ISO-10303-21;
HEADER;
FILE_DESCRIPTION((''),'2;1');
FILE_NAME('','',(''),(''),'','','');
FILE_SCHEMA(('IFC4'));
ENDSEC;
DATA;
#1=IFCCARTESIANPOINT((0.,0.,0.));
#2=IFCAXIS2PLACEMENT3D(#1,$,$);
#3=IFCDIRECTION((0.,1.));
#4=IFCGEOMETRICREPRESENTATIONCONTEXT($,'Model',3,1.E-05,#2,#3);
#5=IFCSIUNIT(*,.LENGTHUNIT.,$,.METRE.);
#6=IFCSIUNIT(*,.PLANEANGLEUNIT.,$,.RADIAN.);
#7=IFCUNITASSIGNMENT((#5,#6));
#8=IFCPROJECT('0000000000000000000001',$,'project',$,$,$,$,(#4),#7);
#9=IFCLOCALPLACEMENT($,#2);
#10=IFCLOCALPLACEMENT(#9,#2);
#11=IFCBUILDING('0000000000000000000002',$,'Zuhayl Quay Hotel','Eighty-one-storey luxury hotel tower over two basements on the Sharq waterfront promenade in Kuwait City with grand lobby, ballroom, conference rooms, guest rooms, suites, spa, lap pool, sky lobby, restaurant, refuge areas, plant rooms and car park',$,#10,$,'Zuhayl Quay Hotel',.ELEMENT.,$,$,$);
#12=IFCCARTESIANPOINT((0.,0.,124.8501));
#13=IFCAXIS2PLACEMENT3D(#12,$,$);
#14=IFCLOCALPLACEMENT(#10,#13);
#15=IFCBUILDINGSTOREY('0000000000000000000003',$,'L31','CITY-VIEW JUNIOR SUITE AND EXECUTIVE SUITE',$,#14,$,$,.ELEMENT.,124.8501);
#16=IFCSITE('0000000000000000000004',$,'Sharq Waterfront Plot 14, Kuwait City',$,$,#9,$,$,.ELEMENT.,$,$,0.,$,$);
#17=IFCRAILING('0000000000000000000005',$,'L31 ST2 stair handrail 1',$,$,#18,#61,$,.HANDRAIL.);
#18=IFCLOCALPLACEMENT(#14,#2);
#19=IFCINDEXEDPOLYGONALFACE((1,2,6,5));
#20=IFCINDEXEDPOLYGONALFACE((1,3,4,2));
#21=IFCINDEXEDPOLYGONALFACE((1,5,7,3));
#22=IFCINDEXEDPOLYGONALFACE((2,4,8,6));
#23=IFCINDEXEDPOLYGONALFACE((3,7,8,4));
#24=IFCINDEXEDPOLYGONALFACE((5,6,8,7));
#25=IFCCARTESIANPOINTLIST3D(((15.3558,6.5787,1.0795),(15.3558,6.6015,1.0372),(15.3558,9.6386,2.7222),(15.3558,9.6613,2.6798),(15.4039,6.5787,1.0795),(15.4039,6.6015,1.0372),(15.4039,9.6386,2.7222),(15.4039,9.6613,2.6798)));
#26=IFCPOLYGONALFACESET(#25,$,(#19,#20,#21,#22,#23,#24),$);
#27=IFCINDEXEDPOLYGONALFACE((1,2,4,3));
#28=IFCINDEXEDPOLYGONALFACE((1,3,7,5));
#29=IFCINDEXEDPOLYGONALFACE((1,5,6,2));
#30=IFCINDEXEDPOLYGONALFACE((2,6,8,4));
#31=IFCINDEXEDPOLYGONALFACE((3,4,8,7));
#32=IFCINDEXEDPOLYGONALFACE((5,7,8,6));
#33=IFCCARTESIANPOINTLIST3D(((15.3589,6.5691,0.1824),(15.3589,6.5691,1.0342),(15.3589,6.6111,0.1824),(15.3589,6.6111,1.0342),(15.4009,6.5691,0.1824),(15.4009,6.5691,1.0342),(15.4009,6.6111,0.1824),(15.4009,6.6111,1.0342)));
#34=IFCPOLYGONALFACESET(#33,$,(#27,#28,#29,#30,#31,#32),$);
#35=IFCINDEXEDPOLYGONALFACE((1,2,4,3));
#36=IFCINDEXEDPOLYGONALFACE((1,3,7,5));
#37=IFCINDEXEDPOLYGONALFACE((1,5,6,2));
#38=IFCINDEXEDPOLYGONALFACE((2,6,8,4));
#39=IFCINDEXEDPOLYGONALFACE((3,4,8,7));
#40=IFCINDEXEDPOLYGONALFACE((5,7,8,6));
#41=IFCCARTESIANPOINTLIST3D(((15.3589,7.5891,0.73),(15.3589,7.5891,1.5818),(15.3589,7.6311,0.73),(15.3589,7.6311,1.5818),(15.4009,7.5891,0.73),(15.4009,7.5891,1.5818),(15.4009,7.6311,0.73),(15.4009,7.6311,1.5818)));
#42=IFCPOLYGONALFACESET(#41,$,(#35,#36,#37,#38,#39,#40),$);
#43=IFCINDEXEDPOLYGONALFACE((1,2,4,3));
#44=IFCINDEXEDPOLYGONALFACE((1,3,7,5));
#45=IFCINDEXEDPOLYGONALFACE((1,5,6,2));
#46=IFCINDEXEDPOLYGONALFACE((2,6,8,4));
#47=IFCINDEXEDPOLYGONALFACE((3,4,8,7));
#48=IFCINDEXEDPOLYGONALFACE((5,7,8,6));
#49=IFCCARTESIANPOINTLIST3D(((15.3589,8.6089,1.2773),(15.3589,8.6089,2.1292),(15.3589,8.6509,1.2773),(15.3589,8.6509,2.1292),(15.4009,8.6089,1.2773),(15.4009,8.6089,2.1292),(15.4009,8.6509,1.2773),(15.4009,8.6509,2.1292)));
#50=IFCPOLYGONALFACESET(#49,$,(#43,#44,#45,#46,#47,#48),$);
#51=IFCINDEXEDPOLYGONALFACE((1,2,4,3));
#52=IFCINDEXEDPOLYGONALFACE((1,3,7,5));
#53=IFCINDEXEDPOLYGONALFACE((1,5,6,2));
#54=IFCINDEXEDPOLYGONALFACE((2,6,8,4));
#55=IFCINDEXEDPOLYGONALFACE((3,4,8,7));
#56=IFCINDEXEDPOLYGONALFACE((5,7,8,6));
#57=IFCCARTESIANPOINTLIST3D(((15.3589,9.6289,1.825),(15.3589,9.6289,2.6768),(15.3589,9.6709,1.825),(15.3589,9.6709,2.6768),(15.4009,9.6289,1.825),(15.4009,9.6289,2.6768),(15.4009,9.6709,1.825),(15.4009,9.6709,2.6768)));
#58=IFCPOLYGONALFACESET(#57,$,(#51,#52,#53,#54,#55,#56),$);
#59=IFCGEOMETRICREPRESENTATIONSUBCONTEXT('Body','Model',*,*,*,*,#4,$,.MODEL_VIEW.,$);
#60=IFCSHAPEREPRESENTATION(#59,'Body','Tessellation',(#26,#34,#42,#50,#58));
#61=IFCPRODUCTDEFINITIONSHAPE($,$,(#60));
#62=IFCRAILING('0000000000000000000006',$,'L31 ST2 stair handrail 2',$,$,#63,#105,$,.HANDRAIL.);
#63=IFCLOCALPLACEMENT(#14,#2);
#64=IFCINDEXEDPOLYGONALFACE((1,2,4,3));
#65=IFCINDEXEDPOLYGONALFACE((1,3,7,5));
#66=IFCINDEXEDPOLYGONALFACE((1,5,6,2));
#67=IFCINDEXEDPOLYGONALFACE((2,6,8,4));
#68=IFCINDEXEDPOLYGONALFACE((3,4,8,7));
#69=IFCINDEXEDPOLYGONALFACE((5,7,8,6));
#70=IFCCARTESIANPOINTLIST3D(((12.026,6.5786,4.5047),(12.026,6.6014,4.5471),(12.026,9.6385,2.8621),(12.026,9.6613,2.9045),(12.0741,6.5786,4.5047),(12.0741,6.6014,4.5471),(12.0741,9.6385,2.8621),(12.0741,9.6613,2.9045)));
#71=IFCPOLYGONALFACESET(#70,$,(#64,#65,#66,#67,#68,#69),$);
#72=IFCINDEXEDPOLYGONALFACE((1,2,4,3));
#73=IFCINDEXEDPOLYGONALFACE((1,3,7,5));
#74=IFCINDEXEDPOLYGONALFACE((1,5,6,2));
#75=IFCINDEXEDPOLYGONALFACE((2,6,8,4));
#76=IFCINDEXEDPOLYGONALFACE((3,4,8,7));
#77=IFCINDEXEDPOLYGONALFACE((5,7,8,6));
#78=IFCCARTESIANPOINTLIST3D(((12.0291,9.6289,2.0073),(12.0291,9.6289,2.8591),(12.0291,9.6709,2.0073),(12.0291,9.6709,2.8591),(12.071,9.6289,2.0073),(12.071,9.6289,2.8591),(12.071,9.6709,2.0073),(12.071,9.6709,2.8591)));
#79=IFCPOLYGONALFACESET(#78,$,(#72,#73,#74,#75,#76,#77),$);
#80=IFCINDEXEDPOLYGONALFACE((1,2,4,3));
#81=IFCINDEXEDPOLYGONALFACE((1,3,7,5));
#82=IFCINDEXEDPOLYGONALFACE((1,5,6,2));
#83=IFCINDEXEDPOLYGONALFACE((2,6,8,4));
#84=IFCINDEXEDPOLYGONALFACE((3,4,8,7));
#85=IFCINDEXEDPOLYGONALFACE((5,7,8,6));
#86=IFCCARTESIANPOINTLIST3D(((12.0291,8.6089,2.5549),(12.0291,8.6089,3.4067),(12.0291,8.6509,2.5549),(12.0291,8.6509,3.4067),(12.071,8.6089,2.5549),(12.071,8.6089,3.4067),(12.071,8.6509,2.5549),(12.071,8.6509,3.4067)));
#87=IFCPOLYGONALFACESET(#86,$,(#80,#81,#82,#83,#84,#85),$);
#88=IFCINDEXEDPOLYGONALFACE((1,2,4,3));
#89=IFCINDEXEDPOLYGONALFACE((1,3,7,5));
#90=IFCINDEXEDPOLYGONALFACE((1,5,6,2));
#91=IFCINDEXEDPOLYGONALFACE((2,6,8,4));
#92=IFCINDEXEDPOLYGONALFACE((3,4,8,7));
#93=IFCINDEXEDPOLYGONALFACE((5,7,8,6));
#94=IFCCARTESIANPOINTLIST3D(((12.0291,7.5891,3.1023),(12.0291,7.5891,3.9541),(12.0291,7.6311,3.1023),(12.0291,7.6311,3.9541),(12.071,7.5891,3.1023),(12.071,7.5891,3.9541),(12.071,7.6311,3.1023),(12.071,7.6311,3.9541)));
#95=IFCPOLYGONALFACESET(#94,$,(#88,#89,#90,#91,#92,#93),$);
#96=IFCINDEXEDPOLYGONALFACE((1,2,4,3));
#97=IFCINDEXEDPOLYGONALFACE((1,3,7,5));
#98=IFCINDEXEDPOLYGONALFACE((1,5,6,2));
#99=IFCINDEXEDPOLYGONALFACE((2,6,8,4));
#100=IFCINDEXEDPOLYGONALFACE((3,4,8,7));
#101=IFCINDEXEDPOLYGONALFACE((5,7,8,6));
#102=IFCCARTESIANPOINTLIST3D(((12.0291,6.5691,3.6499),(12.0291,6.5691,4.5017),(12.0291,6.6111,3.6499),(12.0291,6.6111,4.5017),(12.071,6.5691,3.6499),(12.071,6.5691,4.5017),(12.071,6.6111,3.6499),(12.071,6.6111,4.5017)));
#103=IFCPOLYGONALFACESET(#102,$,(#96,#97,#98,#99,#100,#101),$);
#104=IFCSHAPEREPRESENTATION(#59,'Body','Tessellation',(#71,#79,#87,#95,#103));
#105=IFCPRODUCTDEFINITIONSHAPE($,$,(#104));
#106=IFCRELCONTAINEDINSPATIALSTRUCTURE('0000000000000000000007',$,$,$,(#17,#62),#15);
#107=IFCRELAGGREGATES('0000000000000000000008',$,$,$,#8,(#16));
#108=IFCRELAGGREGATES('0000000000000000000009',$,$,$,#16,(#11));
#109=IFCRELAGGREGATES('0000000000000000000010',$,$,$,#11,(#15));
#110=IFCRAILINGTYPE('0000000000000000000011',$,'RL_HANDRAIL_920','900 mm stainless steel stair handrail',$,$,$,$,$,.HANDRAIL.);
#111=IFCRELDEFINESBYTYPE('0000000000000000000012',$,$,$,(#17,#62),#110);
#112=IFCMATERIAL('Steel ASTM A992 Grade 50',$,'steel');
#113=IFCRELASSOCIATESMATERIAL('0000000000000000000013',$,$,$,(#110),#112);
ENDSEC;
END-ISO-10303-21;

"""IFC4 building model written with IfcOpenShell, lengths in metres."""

from ifc_helpers import new_model, si_unit, direction, frame, origin, origin_2d, place, context, subcontext, project, spatial, rectangle, extrude, material, type_object, element, save


model = new_model("IFC4")

# Units and contexts
model_context = context("Model", 3, precision=1e-05, world=origin(), true_north=direction((0.0, 1.0)))
body_context = subcontext(model_context, "Body", "Model", "MODEL_VIEW")
ifc_project = project(units=[si_unit("LENGTHUNIT", "METRE"), si_unit("PLANEANGLEUNIT", "RADIAN")], contexts=[model_context])

# Site, building, storey
site_placement = place(None, origin())
site = spatial("IfcSite", under=ifc_project, at=site_placement, Name="Sharq Waterfront Plot 14, Kuwait City", CompositionType="ELEMENT", RefElevation=0.0)
building_placement = place(site_placement, origin())
building = spatial("IfcBuilding", under=site, at=building_placement, Name="Zuhayl Quay Hotel", Description="Eighty-one-storey luxury hotel tower over two basements on the Sharq waterfront promenade in Kuwait City with grand lobby, ballroom, conference rooms, guest rooms, suites, spa, lap pool, sky lobby, restaurant, refuge areas, plant rooms and car park", LongName="Zuhayl Quay Hotel", CompositionType="ELEMENT")
storey_placement = place(building_placement, frame((0.0, 0.0, 124.8501)))
storey = spatial("IfcBuildingStorey", under=building, at=storey_placement, Name="L31", Description="CITY-VIEW JUNIOR SUITE AND EXECUTIVE SUITE", CompositionType="ELEMENT", Elevation=124.8501)

# Shared definitions
ifc_material_1 = material(Name="Steel ASTM A992 Grade 50", Category="steel")

# Railings
railing_type_1 = type_object("IfcRailingType", Name="RL_HANDRAIL_920", Description="900 mm stainless steel stair handrail", PredefinedType="HANDRAIL", material=ifc_material_1)
railing_1_placement = place(storey_placement, frame((15.3799, 6.5901, 0.1824)))
element("IfcRailing", 1, at=railing_1_placement, inside=storey, type_object=railing_type_1, Name="L31 ST2 stair handrail 1", PredefinedType="HANDRAIL", context=body_context, shape_type="SweptSolid", body=[
    extrude(rectangle(XDim=0.0481, YDim=0.0481, at=origin_2d()), frame((0.0, 0.0, 0.876), z_axis=(0.0, 0.881073, 0.47298), x_axis=(-1.0, 0.0, 0.0)), (0.0, 0.0, 1.0), 3.4729),
    extrude(rectangle(XDim=0.042, YDim=0.042, at=origin_2d()), origin(), (0.0, 0.0, 1.0), 0.8518),
    extrude(rectangle(XDim=0.042, YDim=0.042, at=origin_2d()), frame((0.0, 1.02, 0.5476)), (0.0, 0.0, 1.0), 0.8518),
    extrude(rectangle(XDim=0.042, YDim=0.042, at=origin_2d()), frame((0.0, 2.0398, 1.095)), (0.0, 0.0, 1.0), 0.8518),
    extrude(rectangle(XDim=0.042, YDim=0.042, at=origin_2d()), frame((0.0, 3.0598, 1.6426)), (0.0, 0.0, 1.0), 0.8518),
])
railing_2_placement = place(storey_placement, frame((12.05, 9.6499, 2.0073)))
element("IfcRailing", 2, at=railing_2_placement, inside=storey, type_object=railing_type_1, Name="L31 ST2 stair handrail 2", PredefinedType="HANDRAIL", context=body_context, shape_type="SweptSolid", body=[
    extrude(rectangle(XDim=0.0481, YDim=0.0481, at=origin_2d()), frame((0.0, 0.0, 0.876), z_axis=(0.0, -0.881073, 0.47298), x_axis=(1.0, 0.0, 0.0)), (0.0, 0.0, 1.0), 3.4729),
    extrude(rectangle(XDim=0.042, YDim=0.042, at=origin_2d()), origin(), (0.0, 0.0, 1.0), 0.8518),
    extrude(rectangle(XDim=0.042, YDim=0.042, at=origin_2d()), frame((0.0, -1.02, 0.5476)), (0.0, 0.0, 1.0), 0.8518),
    extrude(rectangle(XDim=0.042, YDim=0.042, at=origin_2d()), frame((0.0, -2.0398, 1.095)), (0.0, 0.0, 1.0), 0.8518),
    extrude(rectangle(XDim=0.042, YDim=0.042, at=origin_2d()), frame((0.0, -3.0598, 1.6426)), (0.0, 0.0, 1.0), 0.8518),
])

save(model, "model.ifc")
